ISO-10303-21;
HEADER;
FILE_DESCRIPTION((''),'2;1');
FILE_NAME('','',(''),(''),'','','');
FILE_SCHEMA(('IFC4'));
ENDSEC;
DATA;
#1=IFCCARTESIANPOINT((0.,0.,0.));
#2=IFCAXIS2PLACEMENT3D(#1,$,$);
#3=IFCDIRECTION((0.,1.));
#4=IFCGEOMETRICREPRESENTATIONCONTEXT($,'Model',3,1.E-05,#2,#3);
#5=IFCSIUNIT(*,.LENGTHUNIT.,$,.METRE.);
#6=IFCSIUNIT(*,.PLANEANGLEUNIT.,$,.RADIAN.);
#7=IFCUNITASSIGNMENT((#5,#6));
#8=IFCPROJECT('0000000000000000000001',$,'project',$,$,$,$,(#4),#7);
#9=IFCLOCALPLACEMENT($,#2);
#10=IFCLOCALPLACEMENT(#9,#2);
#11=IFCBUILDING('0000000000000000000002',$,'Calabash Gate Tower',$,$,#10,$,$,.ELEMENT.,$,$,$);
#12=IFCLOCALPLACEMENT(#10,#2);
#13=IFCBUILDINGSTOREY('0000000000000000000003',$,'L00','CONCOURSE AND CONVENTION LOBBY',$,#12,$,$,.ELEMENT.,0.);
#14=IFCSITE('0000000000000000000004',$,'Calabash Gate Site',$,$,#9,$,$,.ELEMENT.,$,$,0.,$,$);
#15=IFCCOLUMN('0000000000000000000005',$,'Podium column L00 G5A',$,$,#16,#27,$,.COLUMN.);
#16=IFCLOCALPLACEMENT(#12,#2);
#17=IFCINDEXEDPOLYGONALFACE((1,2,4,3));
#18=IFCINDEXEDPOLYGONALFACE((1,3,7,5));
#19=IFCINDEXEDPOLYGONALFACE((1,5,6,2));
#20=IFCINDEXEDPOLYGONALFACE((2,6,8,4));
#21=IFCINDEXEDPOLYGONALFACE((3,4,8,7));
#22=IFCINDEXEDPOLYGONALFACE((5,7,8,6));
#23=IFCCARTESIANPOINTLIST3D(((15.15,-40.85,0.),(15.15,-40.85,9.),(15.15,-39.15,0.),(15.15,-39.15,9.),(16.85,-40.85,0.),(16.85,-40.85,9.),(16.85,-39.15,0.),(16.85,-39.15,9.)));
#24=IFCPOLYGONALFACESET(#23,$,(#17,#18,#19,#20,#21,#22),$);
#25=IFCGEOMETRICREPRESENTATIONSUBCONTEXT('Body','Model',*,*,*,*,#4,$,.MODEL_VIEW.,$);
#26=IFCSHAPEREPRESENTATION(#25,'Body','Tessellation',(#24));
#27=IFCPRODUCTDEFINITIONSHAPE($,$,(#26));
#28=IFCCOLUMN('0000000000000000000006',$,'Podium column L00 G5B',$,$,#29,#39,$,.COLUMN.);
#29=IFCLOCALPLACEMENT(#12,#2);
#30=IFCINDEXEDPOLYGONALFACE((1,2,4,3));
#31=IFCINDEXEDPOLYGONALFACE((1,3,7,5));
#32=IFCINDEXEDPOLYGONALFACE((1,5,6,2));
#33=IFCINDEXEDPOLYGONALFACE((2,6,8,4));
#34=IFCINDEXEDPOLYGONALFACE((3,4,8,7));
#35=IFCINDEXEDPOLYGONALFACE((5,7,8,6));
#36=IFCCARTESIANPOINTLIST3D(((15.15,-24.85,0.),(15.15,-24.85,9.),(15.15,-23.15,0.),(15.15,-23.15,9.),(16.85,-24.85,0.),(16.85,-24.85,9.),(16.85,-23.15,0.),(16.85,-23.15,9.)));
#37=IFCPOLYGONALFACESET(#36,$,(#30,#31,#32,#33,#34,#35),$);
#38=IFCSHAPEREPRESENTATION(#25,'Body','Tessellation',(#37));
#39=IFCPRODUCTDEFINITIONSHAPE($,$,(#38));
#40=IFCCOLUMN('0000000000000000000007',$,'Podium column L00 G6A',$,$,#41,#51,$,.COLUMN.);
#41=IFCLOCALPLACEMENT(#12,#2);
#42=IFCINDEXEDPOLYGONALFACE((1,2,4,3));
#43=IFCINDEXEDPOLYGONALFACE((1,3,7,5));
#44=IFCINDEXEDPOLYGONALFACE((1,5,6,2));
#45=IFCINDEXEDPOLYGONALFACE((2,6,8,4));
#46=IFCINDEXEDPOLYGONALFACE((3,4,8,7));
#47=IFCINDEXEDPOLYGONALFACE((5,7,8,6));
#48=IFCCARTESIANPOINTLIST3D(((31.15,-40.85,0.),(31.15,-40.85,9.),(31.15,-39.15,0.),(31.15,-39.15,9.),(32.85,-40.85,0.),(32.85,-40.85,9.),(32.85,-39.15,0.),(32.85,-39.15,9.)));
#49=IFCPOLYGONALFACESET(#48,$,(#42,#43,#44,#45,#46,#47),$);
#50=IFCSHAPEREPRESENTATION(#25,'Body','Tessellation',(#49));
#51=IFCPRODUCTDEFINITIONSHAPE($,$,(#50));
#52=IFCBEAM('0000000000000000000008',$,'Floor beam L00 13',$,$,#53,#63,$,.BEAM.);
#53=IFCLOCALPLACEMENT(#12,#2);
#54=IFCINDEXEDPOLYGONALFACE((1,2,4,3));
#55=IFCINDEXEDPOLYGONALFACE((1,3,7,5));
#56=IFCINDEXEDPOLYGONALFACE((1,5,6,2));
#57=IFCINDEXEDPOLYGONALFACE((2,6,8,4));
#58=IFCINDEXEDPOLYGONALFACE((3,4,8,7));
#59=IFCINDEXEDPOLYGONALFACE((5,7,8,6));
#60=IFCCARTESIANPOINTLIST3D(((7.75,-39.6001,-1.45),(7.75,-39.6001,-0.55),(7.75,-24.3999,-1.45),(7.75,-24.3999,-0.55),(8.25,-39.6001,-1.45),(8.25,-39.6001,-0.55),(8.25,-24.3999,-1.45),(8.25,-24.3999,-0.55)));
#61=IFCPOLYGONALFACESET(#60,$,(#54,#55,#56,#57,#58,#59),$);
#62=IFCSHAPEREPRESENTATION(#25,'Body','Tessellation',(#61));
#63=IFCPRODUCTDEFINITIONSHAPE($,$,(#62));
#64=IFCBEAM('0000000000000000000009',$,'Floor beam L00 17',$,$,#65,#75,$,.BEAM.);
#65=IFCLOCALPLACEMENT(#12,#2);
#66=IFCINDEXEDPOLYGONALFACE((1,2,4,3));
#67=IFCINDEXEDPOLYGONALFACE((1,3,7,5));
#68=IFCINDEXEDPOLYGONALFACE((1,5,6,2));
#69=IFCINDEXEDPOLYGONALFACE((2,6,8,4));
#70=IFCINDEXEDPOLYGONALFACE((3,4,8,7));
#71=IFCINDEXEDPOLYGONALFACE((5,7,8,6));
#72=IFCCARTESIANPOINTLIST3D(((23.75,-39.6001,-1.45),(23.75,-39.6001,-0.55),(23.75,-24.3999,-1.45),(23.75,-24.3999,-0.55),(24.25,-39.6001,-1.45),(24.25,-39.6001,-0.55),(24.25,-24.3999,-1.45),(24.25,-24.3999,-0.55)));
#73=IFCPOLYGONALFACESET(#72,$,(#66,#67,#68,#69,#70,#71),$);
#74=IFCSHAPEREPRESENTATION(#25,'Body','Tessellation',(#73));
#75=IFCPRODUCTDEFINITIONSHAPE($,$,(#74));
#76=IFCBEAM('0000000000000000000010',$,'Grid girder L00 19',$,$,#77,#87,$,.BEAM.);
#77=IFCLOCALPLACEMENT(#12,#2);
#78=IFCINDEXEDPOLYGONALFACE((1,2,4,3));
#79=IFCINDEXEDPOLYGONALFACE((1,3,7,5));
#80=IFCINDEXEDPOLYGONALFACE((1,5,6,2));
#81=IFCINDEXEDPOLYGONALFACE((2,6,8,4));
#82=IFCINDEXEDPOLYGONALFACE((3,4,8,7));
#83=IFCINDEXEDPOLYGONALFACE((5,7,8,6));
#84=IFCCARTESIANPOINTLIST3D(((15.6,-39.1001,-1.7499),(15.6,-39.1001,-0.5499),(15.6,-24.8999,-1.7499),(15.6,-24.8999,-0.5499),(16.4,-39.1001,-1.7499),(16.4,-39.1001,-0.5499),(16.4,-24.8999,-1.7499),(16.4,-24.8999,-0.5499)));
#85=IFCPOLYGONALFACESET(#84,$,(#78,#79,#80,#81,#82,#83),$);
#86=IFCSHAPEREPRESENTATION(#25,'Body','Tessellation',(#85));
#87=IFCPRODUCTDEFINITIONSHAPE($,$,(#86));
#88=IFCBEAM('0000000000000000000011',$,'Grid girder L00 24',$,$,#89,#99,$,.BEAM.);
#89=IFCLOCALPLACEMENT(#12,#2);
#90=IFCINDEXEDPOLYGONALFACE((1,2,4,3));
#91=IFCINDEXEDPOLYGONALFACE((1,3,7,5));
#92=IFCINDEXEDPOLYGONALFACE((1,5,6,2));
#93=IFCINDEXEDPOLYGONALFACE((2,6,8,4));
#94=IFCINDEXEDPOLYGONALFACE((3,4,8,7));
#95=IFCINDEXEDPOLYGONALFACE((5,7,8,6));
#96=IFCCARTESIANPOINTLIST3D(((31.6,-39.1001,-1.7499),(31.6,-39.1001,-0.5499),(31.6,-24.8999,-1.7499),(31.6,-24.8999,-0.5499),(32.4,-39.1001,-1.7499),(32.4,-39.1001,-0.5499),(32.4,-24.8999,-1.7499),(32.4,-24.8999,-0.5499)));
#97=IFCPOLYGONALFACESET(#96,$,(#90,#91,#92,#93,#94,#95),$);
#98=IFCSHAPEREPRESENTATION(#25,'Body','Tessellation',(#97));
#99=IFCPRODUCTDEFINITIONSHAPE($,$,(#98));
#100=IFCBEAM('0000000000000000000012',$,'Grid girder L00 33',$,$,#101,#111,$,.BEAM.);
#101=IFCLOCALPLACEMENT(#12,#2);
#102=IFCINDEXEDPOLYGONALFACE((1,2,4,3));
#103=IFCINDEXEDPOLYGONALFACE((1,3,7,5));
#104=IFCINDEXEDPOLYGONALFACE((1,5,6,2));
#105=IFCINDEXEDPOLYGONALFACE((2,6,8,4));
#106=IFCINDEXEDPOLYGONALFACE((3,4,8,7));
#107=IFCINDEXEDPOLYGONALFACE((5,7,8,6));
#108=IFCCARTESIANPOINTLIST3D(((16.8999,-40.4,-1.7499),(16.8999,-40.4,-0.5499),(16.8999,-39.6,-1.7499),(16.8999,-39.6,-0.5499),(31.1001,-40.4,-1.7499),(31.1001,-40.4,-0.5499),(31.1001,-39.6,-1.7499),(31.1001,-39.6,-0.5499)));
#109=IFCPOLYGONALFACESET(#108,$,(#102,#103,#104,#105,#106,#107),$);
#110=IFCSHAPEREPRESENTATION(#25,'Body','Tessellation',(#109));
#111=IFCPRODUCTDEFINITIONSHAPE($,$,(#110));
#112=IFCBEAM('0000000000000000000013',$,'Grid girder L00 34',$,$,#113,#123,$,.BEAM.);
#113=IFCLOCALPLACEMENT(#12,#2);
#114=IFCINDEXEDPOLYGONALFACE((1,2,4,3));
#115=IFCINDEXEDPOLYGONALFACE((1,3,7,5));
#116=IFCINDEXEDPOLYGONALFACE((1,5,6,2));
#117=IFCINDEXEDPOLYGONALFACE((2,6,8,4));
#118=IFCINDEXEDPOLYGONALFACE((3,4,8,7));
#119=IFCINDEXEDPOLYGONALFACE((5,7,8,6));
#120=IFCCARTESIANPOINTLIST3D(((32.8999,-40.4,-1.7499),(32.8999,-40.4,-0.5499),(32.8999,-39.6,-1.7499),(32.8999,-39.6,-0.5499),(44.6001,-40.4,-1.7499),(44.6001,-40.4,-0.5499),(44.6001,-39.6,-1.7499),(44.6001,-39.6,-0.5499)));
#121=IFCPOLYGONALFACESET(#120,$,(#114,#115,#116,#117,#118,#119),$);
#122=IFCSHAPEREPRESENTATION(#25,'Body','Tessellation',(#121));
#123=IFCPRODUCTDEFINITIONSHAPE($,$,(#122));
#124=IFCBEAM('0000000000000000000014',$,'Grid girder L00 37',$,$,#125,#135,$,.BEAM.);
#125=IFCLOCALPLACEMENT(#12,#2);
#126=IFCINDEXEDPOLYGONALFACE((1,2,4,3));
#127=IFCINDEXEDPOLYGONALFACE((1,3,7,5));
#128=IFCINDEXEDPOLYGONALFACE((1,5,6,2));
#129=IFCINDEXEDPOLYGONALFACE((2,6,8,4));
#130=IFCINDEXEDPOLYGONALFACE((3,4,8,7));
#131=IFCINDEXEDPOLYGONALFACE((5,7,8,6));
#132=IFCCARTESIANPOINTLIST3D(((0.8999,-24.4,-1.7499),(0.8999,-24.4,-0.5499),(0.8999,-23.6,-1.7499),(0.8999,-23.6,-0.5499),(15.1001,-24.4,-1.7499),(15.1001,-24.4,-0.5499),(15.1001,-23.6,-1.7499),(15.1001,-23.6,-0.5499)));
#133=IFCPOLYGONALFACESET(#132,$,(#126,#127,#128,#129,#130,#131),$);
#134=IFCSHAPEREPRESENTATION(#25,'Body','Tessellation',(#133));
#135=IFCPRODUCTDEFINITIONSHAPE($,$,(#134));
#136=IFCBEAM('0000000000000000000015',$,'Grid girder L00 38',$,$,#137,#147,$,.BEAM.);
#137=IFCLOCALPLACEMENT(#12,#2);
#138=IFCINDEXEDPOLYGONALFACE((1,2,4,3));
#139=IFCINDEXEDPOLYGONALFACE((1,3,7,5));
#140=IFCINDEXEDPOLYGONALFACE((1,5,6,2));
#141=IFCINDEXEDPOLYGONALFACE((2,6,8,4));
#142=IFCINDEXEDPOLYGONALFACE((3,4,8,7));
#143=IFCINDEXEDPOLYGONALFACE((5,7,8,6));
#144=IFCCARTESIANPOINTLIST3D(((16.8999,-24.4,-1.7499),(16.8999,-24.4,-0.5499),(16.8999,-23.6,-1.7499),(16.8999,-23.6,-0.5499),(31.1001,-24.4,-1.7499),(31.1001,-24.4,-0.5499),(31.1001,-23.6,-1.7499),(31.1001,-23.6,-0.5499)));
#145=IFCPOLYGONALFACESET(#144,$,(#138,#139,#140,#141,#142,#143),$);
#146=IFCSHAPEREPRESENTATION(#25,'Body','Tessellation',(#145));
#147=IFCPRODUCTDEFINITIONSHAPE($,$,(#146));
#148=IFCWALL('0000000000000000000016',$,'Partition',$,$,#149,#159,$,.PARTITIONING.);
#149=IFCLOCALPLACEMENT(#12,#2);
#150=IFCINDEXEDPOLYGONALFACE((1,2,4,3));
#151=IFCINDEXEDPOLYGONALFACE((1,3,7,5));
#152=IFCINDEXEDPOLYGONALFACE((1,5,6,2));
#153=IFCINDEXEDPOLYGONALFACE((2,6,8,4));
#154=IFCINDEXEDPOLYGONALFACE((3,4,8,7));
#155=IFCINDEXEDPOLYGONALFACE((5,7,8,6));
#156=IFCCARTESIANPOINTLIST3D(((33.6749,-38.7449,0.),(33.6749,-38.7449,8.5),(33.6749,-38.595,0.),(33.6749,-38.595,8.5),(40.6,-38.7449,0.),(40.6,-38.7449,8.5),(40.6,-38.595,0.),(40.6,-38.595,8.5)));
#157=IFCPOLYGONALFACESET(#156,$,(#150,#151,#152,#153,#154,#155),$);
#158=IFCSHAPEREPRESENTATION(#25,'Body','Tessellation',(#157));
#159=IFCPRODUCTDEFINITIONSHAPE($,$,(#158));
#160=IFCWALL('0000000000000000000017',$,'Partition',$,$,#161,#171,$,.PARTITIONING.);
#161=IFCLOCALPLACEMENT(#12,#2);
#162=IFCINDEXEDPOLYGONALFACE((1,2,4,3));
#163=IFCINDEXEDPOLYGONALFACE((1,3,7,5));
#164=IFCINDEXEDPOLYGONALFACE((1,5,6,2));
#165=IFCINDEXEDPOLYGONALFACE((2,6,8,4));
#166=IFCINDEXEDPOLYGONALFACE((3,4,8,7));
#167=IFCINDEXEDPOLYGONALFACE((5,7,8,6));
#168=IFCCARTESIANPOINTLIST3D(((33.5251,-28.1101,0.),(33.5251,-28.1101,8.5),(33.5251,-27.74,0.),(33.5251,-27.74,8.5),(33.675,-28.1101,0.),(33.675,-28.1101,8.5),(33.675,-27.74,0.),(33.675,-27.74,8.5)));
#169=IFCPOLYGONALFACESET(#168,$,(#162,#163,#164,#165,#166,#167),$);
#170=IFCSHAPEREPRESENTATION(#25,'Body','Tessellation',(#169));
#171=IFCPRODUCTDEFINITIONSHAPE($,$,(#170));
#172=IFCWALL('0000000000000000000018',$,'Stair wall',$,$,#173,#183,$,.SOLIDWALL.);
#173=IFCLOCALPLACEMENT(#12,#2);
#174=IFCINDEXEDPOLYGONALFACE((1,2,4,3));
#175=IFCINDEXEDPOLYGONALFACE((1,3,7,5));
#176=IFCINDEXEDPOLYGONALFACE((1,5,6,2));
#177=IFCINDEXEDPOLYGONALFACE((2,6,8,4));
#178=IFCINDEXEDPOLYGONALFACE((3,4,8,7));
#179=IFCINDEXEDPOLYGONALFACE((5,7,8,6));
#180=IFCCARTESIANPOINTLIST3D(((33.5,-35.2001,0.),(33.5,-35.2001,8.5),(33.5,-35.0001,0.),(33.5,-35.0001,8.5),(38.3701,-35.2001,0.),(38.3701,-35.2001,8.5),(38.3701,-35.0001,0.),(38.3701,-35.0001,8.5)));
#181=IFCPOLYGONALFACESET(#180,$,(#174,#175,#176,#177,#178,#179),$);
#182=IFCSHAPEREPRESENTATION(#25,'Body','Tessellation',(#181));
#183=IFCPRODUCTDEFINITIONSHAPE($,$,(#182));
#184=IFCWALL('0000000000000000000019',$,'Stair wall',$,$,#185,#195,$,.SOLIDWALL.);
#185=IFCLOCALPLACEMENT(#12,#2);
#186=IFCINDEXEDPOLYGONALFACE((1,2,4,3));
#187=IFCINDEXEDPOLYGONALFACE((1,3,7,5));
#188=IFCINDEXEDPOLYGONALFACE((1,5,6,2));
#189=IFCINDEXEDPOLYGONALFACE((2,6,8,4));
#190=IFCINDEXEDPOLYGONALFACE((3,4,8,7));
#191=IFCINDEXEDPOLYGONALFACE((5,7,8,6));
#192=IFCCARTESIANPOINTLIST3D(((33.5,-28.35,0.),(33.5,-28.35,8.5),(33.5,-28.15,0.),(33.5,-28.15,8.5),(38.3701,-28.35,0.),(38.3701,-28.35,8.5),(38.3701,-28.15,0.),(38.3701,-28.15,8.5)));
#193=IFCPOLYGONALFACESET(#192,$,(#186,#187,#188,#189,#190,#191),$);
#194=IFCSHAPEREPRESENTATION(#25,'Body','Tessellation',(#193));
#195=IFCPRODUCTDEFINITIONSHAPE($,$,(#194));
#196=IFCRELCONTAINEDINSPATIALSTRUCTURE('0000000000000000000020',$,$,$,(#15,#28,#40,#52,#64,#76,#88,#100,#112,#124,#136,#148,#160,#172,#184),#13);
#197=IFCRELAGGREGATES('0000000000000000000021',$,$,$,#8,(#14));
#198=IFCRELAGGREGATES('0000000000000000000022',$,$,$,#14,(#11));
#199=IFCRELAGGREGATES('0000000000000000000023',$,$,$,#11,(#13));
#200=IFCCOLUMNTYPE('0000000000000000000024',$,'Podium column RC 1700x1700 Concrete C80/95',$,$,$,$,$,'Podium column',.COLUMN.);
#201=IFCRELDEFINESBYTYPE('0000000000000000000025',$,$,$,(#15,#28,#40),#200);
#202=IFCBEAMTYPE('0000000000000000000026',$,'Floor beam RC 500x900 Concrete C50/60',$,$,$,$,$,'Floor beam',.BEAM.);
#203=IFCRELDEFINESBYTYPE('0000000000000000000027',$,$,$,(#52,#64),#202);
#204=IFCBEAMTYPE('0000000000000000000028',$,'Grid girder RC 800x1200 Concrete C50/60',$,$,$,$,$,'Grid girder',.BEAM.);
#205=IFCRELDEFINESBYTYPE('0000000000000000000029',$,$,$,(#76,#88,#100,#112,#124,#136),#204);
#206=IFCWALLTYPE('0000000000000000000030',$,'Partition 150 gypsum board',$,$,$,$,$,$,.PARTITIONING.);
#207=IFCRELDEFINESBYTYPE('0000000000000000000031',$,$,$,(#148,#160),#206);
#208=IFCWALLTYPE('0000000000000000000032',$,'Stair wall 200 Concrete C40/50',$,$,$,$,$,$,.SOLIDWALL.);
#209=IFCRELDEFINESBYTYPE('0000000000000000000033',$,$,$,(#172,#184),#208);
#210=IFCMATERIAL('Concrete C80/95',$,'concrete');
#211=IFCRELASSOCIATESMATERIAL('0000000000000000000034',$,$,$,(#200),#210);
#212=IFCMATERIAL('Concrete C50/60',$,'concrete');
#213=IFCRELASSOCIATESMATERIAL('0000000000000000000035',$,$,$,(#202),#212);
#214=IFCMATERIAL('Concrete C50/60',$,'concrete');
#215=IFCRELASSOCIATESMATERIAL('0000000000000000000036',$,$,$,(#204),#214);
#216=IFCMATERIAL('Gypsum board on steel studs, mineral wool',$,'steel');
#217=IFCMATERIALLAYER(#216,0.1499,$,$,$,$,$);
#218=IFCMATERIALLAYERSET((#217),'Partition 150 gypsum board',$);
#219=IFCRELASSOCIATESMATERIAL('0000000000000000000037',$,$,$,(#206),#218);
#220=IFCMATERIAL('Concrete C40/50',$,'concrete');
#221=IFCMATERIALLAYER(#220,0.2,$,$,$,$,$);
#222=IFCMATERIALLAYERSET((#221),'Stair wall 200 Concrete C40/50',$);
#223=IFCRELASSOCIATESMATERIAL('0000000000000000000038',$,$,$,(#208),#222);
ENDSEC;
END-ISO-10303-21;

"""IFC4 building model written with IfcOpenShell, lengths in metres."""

from ifc_helpers import new_model, si_unit, direction, frame, frame_2d, origin, origin_2d, place, context, subcontext, project, spatial, rectangle, extrude, material, layer, layer_set, material_profile, profile_set, type_object, element, save


model = new_model("IFC4")

# Units and contexts
model_context = context("Model", 3, precision=1e-05, world=origin(), true_north=direction((0.0, 1.0)))
body_context = subcontext(model_context, "Body", "Model", "MODEL_VIEW")
ifc_project = project(units=[si_unit("LENGTHUNIT", "METRE"), si_unit("PLANEANGLEUNIT", "RADIAN")], contexts=[model_context])

# Site, building, storey
site_placement = place(None, origin())
site = spatial("IfcSite", under=ifc_project, at=site_placement, Name="Calabash Gate Site", CompositionType="ELEMENT", RefElevation=0.0)
building_placement = place(site_placement, origin())
building = spatial("IfcBuilding", under=site, at=building_placement, Name="Calabash Gate Tower", CompositionType="ELEMENT")
storey_placement = place(building_placement, origin())
storey = spatial("IfcBuildingStorey", under=building, at=storey_placement, Name="L00", Description="CONCOURSE AND CONVENTION LOBBY", CompositionType="ELEMENT", Elevation=0.0)

# Columns
ifc_material_1 = material(Name="Concrete C80/95", Category="concrete")
ifc_material_profile_1 = material_profile(ifc_material_1, rectangle(XDim=1.7, YDim=1.7, at=origin_2d()))
ifc_profile_set_1 = profile_set([ifc_material_profile_1], Name="Concrete C80/95")
column_type = type_object("IfcColumnType", Name="Podium column RC 1700x1700 Concrete C80/95", ElementType="Podium column", PredefinedType="COLUMN", material=ifc_profile_set_1)
for number, where, z_axis, x_axis, name in (
    (1, (16.0, -40.0, 0.0), (0.0, 0.0, 1.0), (1.0, 0.0, 0.0), "Podium column L00 G5A"),
    (2, (16.0, -24.0, 0.0), (0.0, 0.0, 1.0), (1.0, 0.0, 0.0), "Podium column L00 G5B"),
    (3, (32.0, -40.0, 0.0), (0.0, 0.0, 1.0), (1.0, 0.0, 0.0), "Podium column L00 G6A"),
):
    element("IfcColumn", number, at=place(storey_placement, frame(where, z_axis=z_axis, x_axis=x_axis)), inside=storey, type_object=column_type, Name=name, PredefinedType="COLUMN", context=body_context, shape_type="SweptSolid", body=[
        extrude(rectangle(XDim=1.7, YDim=1.7, at=origin_2d()), origin(), (0.0, 0.0, 1.0), 9.0),
    ])

# Beams
ifc_material_2 = material(Name="Concrete C50/60", Category="concrete")
ifc_material_profile_2 = material_profile(ifc_material_2, rectangle(XDim=0.5, YDim=0.8999, at=origin_2d()))
ifc_profile_set_2 = profile_set([ifc_material_profile_2], Name="Concrete C50/60")
beam_type_1 = type_object("IfcBeamType", Name="Floor beam RC 500x900 Concrete C50/60", ElementType="Floor beam", PredefinedType="BEAM", material=ifc_profile_set_2)
for number, where, z_axis, x_axis, name in (
    (4, (8.0, -39.6001, -1.0), (0.0, 1.0, 0.0), (-1.0, 0.0, 0.0), "Floor beam L00 13"),
    (5, (24.0, -39.6001, -1.0), (0.0, 1.0, 0.0), (-1.0, 0.0, 0.0), "Floor beam L00 17"),
):
    element("IfcBeam", number, at=place(storey_placement, frame(where, z_axis=z_axis, x_axis=x_axis)), inside=storey, type_object=beam_type_1, Name=name, PredefinedType="BEAM", context=body_context, shape_type="SweptSolid", body=[
        extrude(rectangle(XDim=0.5, YDim=0.8999, at=origin_2d()), origin(), (0.0, 0.0, 1.0), 15.2002),
    ])
ifc_material_3 = material(Name="Concrete C50/60", Category="concrete")
ifc_material_profile_3 = material_profile(ifc_material_3, rectangle(XDim=0.8, YDim=1.2, at=origin_2d()))
ifc_profile_set_3 = profile_set([ifc_material_profile_3], Name="Concrete C50/60")
beam_type_2 = type_object("IfcBeamType", Name="Grid girder RC 800x1200 Concrete C50/60", ElementType="Grid girder", PredefinedType="BEAM", material=ifc_profile_set_3)
for number, where, z_axis, x_axis, name in (
    (6, (16.0, -39.1001, -1.1499), (0.0, 1.0, 0.0), (-1.0, 0.0, 0.0), "Grid girder L00 19"),
    (7, (32.0, -39.1001, -1.1499), (0.0, 1.0, 0.0), (-1.0, 0.0, 0.0), "Grid girder L00 24"),
    (8, (16.8999, -40.0, -1.1499), (1.0, 0.0, 0.0), (0.0, 1.0, 0.0), "Grid girder L00 33"),
):
    element("IfcBeam", number, at=place(storey_placement, frame(where, z_axis=z_axis, x_axis=x_axis)), inside=storey, type_object=beam_type_2, Name=name, PredefinedType="BEAM", context=body_context, shape_type="SweptSolid", body=[
        extrude(rectangle(XDim=0.8, YDim=1.2, at=origin_2d()), origin(), (0.0, 0.0, 1.0), 14.2002),
    ])
beam_placement = place(storey_placement, frame((32.8999, -40.0, -1.1499), z_axis=(1.0, 0.0, 0.0), x_axis=(0.0, 1.0, 0.0)))
element("IfcBeam", 9, at=beam_placement, inside=storey, type_object=beam_type_2, Name="Grid girder L00 34", PredefinedType="BEAM", context=body_context, shape_type="SweptSolid", body=[
    extrude(rectangle(XDim=0.8, YDim=1.2, at=origin_2d()), origin(), (0.0, 0.0, 1.0), 11.7002),
])
for number, where, z_axis, x_axis, name in (
    (10, (0.8999, -24.0, -1.1499), (1.0, 0.0, 0.0), (0.0, 1.0, 0.0), "Grid girder L00 37"),
    (11, (16.8999, -24.0, -1.1499), (1.0, 0.0, 0.0), (0.0, 1.0, 0.0), "Grid girder L00 38"),
):
    element("IfcBeam", number, at=place(storey_placement, frame(where, z_axis=z_axis, x_axis=x_axis)), inside=storey, type_object=beam_type_2, Name=name, PredefinedType="BEAM", context=body_context, shape_type="SweptSolid", body=[
        extrude(rectangle(XDim=0.8, YDim=1.2, at=origin_2d()), origin(), (0.0, 0.0, 1.0), 14.2002),
    ])

# Walls
ifc_material_4 = material(Name="Gypsum board on steel studs, mineral wool", Category="steel")
ifc_layer_1 = layer(ifc_material_4, 0.1499)
ifc_layer_set_1 = layer_set([ifc_layer_1], Name="Partition 150 gypsum board")
wall_type_1 = type_object("IfcWallType", Name="Partition 150 gypsum board", PredefinedType="PARTITIONING", material=ifc_layer_set_1)
wall_1_placement = place(storey_placement, frame((33.675, -38.6699, 0.0), z_axis=(0.0, 0.0, 1.0), x_axis=(1.0, 0.0, 0.0)))
element("IfcWall", 12, at=wall_1_placement, inside=storey, type_object=wall_type_1, Name="Partition", PredefinedType="PARTITIONING", context=body_context, shape_type="SweptSolid", body=[
    extrude(rectangle(XDim=6.925, YDim=0.1499, at=frame_2d((3.4624, 0.0))), origin(), (0.0, 0.0, 1.0), 8.5),
])
wall_2_placement = place(storey_placement, frame((33.6001, -28.1101, 0.0), z_axis=(0.0, 0.0, 1.0), x_axis=(0.0, 1.0, 0.0)))
element("IfcWall", 13, at=wall_2_placement, inside=storey, type_object=wall_type_1, Name="Partition", PredefinedType="PARTITIONING", context=body_context, shape_type="SweptSolid", body=[
    extrude(rectangle(XDim=0.3701, YDim=0.1499, at=frame_2d((0.1851, 0.0))), origin(), (0.0, 0.0, 1.0), 8.5),
])
ifc_material_5 = material(Name="Concrete C40/50", Category="concrete")
ifc_layer_2 = layer(ifc_material_5, 0.2)
ifc_layer_set_2 = layer_set([ifc_layer_2], Name="Stair wall 200 Concrete C40/50")
wall_type_2 = type_object("IfcWallType", Name="Stair wall 200 Concrete C40/50", PredefinedType="SOLIDWALL", material=ifc_layer_set_2)
for number, where, z_axis, x_axis, name in (
    (14, (33.5, -35.1001, 0.0), (0.0, 0.0, 1.0), (1.0, 0.0, 0.0), "Stair wall"),
    (15, (33.5, -28.25, 0.0), (0.0, 0.0, 1.0), (1.0, 0.0, 0.0), "Stair wall"),
):
    element("IfcWall", number, at=place(storey_placement, frame(where, z_axis=z_axis, x_axis=x_axis)), inside=storey, type_object=wall_type_2, Name=name, PredefinedType="SOLIDWALL", context=body_context, shape_type="SweptSolid", body=[
        extrude(rectangle(XDim=4.8701, YDim=0.2, at=frame_2d((2.4351, 0.0))), origin(), (0.0, 0.0, 1.0), 8.5),
    ])

save(model, "model.ifc")
